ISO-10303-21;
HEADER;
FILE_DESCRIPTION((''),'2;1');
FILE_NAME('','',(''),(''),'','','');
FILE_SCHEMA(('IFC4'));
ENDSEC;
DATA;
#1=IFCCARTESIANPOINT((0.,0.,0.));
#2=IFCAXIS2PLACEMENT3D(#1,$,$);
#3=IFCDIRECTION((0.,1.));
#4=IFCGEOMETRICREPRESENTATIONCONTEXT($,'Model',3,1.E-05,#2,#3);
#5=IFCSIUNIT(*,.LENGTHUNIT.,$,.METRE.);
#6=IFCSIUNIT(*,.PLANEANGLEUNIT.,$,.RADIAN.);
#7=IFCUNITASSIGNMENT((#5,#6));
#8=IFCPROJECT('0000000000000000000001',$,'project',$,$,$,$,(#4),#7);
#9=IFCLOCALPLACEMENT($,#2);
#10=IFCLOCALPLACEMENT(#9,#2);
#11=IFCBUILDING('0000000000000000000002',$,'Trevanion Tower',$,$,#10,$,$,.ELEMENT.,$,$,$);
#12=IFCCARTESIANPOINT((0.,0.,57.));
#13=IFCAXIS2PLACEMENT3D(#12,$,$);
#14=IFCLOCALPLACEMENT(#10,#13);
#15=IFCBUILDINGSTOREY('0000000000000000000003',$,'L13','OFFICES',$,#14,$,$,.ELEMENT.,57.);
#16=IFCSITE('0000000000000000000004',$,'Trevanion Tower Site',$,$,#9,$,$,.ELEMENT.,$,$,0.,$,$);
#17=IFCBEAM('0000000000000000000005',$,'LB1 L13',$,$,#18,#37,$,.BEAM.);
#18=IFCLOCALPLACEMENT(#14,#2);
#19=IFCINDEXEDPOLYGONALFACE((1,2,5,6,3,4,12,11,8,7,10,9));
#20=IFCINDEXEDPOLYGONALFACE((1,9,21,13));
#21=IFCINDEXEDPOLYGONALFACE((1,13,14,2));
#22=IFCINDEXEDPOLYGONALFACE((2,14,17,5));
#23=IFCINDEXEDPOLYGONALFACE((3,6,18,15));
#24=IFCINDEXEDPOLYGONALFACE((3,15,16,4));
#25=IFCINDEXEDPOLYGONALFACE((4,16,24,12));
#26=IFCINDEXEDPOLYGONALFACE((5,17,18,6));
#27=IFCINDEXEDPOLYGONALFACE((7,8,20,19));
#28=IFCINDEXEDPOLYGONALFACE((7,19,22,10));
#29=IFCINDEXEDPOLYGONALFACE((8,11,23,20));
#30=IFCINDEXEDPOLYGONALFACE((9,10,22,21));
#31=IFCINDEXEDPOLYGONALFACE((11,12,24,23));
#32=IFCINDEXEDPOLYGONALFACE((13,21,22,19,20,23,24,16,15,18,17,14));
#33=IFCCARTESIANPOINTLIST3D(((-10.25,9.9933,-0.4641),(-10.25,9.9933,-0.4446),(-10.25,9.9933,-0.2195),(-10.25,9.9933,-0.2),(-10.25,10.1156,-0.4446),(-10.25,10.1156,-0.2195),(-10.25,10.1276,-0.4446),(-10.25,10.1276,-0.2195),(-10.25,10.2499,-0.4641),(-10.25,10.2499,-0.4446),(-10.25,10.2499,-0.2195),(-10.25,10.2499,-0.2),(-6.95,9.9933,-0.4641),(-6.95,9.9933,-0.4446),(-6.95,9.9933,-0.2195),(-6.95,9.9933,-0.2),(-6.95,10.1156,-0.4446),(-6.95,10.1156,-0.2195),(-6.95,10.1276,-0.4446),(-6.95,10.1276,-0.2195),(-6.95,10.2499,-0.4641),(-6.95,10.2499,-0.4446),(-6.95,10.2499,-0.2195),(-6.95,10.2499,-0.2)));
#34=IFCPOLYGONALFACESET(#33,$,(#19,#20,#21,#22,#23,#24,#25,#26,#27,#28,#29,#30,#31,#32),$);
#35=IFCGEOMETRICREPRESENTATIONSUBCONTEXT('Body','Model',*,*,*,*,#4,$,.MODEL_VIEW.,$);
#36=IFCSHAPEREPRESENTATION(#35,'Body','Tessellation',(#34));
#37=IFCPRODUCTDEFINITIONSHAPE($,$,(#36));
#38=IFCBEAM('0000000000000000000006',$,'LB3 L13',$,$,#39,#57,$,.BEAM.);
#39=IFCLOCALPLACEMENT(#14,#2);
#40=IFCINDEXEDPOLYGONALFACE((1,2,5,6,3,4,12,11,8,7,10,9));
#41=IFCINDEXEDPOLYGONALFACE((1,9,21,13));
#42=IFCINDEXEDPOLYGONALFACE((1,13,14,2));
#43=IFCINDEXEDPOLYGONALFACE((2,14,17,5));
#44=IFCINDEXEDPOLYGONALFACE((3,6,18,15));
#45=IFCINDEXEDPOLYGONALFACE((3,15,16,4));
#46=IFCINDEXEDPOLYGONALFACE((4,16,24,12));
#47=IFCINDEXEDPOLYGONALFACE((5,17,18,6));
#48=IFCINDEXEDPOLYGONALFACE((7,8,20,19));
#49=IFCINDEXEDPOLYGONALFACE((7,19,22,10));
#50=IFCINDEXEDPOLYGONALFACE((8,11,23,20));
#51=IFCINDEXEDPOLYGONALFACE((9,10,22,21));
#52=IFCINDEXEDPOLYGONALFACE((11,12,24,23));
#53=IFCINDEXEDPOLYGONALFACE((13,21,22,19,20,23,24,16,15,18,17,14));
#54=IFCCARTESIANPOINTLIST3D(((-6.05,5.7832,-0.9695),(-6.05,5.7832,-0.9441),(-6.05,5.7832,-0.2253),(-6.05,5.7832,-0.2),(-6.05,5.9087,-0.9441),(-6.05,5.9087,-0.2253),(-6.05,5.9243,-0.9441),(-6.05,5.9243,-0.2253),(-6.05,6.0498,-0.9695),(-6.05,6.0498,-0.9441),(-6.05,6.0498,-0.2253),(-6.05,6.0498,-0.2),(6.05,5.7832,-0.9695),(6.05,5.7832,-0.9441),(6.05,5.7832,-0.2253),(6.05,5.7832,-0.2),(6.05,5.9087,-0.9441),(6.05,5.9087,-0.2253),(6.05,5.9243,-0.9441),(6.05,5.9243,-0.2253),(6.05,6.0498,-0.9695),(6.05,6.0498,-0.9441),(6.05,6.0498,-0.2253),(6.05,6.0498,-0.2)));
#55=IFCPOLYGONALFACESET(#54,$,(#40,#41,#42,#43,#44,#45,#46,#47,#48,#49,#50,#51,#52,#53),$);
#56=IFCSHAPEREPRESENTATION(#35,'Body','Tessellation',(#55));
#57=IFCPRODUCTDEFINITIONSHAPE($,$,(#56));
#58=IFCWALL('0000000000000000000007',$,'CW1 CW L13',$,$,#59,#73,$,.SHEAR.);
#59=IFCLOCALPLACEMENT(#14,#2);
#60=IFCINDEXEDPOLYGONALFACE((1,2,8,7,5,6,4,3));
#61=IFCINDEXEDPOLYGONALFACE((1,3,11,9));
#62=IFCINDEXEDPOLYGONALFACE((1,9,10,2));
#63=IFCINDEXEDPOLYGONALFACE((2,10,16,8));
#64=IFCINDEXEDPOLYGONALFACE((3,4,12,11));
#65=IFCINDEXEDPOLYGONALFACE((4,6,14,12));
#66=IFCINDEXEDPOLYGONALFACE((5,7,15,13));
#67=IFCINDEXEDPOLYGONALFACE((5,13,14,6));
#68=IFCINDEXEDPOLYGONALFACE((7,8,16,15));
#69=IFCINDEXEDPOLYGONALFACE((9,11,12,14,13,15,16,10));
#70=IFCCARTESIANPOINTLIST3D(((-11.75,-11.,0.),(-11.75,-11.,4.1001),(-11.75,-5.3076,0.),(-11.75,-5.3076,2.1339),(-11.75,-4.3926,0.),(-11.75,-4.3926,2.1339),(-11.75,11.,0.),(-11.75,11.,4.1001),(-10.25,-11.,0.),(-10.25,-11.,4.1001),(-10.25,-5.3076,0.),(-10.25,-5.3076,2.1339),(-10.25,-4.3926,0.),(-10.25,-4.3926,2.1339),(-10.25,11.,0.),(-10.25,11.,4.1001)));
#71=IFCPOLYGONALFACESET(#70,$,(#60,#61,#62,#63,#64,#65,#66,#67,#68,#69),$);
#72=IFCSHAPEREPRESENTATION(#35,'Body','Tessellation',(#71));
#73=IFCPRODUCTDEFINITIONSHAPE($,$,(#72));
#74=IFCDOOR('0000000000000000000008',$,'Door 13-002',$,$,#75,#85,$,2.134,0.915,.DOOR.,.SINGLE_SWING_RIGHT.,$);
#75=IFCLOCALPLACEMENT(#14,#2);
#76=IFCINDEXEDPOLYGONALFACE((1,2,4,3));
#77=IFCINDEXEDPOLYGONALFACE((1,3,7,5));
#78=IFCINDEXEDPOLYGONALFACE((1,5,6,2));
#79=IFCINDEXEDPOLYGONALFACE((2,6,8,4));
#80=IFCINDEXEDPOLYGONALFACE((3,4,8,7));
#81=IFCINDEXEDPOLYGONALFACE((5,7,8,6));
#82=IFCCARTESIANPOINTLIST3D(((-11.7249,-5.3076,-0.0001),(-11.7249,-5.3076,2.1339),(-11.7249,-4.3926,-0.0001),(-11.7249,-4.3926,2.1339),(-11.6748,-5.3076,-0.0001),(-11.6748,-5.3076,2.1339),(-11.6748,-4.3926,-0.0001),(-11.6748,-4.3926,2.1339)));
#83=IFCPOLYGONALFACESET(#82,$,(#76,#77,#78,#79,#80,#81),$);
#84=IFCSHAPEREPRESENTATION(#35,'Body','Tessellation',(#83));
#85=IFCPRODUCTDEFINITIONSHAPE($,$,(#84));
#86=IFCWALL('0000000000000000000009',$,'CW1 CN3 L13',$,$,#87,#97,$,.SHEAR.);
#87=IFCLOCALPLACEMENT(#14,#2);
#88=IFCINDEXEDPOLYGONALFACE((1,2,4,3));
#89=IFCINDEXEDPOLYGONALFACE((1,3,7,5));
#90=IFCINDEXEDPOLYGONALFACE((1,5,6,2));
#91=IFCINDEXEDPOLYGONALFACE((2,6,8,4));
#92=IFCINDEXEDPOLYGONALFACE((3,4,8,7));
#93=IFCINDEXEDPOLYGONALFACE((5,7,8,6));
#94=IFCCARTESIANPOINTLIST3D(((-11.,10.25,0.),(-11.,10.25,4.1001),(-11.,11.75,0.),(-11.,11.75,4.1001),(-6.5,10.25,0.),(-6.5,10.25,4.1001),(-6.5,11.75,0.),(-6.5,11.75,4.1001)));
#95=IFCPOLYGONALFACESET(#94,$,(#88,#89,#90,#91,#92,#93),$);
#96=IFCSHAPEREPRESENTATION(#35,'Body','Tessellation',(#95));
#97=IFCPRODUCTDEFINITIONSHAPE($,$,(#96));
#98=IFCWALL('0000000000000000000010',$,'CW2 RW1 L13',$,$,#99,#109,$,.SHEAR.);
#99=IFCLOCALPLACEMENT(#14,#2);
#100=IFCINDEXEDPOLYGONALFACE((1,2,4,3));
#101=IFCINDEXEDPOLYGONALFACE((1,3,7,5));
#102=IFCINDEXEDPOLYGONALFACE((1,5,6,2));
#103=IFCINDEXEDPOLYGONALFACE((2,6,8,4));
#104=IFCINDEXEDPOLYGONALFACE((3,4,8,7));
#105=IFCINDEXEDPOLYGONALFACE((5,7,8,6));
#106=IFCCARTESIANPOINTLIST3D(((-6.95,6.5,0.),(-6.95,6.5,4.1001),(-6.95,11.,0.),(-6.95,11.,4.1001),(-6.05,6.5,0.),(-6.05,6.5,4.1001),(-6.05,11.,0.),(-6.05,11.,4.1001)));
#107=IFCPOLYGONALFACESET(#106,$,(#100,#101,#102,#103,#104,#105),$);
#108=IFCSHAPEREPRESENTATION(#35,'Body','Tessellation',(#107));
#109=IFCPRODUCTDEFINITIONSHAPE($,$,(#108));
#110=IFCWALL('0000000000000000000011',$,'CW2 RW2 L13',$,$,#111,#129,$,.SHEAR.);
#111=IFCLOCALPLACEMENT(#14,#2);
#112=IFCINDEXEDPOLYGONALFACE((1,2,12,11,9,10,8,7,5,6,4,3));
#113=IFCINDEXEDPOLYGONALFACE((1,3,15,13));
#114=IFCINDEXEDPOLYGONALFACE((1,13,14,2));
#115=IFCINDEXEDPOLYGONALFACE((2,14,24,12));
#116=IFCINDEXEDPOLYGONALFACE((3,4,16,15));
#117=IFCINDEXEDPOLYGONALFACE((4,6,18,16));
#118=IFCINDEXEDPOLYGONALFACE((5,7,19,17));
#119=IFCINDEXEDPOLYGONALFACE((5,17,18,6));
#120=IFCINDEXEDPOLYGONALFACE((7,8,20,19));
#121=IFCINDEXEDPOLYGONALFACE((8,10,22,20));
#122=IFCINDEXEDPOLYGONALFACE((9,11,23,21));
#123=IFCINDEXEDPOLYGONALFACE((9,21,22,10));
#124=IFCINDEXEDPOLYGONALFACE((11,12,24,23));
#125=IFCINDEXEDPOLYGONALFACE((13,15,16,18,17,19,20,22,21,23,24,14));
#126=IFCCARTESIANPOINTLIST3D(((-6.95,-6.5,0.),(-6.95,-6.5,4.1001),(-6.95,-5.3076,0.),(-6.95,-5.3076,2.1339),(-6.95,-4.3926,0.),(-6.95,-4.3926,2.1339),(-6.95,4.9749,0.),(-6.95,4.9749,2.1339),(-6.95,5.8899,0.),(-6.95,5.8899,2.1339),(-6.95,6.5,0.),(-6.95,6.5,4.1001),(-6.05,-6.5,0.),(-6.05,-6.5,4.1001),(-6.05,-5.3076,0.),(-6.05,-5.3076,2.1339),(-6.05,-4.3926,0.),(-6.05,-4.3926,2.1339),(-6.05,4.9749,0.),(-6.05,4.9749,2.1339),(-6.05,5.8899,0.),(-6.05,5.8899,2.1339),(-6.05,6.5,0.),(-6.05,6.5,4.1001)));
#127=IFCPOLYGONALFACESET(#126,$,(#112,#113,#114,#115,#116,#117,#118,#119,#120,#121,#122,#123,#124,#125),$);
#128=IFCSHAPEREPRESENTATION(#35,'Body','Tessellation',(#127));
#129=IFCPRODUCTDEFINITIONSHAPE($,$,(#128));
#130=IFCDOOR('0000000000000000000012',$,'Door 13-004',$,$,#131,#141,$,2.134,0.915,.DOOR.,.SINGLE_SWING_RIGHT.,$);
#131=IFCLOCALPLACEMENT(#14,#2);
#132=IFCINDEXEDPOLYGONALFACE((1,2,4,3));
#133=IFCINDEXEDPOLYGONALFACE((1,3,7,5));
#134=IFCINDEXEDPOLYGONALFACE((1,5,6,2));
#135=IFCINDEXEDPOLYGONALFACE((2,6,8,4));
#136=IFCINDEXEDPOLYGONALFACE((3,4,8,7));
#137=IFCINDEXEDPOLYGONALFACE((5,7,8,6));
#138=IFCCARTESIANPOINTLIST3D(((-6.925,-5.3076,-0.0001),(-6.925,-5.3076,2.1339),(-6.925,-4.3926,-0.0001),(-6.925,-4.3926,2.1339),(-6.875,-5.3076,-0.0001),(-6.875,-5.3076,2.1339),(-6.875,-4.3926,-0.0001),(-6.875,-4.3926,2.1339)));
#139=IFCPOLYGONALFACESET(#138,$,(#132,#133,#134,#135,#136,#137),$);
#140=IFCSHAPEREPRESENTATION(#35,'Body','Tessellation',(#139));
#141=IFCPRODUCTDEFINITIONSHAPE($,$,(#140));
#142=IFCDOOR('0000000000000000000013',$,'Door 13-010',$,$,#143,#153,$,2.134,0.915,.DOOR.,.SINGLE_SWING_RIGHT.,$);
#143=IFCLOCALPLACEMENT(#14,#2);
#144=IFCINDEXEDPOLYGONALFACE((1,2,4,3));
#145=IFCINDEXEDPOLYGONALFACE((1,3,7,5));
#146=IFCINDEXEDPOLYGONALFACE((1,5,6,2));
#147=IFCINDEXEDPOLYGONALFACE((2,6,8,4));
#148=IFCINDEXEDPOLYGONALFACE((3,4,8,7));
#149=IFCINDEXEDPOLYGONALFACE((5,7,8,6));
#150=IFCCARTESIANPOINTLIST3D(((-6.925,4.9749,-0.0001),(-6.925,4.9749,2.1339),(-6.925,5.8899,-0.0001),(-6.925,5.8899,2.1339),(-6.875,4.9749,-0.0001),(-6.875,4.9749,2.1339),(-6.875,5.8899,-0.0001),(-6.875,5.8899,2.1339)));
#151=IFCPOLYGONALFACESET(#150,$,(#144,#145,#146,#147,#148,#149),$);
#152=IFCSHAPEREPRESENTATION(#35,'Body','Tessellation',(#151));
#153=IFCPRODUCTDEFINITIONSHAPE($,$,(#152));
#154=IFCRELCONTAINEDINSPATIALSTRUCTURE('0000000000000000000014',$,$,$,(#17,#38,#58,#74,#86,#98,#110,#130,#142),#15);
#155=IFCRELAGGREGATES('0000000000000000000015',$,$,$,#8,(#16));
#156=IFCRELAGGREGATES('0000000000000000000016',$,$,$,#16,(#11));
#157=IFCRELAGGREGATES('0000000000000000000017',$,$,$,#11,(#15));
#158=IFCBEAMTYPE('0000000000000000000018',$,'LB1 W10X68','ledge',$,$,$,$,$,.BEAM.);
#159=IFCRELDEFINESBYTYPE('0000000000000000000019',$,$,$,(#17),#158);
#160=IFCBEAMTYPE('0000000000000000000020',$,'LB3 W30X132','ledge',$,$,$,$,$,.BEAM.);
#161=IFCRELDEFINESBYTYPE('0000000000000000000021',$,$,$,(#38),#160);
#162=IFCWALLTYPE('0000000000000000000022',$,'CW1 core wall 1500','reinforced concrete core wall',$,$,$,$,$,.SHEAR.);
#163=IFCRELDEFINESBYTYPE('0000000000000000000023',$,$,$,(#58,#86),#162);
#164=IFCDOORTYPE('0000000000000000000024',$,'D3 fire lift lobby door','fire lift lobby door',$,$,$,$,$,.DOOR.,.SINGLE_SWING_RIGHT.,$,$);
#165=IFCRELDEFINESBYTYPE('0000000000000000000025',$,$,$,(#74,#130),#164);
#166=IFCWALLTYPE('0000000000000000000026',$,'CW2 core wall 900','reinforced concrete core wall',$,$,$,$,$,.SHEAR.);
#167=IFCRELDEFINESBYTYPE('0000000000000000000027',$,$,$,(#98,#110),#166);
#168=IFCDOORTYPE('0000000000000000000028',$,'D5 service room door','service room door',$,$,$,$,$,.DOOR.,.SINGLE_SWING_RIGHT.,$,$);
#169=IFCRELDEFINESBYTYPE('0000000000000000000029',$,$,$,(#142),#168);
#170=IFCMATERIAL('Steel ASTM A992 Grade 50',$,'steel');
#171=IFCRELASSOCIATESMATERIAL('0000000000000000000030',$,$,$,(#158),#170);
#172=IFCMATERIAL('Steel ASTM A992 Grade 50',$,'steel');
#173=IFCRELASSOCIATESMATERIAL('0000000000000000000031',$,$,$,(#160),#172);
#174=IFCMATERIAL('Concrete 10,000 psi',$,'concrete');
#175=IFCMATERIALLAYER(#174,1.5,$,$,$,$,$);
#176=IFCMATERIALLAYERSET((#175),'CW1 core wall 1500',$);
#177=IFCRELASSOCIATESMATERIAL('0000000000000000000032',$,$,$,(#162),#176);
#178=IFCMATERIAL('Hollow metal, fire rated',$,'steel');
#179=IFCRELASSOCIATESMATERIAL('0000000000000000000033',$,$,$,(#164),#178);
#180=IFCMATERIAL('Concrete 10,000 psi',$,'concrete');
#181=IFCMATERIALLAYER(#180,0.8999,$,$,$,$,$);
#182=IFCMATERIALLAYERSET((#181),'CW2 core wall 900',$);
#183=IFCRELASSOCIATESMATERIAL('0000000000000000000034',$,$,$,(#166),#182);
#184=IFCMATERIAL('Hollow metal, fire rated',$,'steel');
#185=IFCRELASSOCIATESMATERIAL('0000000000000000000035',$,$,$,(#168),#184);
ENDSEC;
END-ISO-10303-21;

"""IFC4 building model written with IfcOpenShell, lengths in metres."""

from ifc_helpers import new_model, si_unit, direction, frame, frame_2d, origin, origin_2d, place, context, subcontext, project, spatial, rectangle, i_section, extrude, material, layer, layer_set, material_profile, profile_set, type_object, element, fill, save


model = new_model("IFC4")

# Units and contexts
model_context = context("Model", 3, precision=1e-05, world=origin(), true_north=direction((0.0, 1.0)))
body_context = subcontext(model_context, "Body", "Model", "MODEL_VIEW")
ifc_project = project(units=[si_unit("LENGTHUNIT", "METRE"), si_unit("PLANEANGLEUNIT", "RADIAN")], contexts=[model_context])

# Site, building, storey
site_placement = place(None, origin())
site = spatial("IfcSite", under=ifc_project, at=site_placement, Name="Trevanion Tower Site", CompositionType="ELEMENT", RefElevation=0.0)
building_placement = place(site_placement, origin())
building = spatial("IfcBuilding", under=site, at=building_placement, Name="Trevanion Tower", CompositionType="ELEMENT")
storey_placement = place(building_placement, frame((0.0, 0.0, 57.0)))
storey = spatial("IfcBuildingStorey", under=building, at=storey_placement, Name="L13", Description="OFFICES", CompositionType="ELEMENT", Elevation=57.0)

# Beams
ifc_material_1 = material(Name="Steel ASTM A992 Grade 50", Category="steel")
ifc_material_profile_1 = material_profile(ifc_material_1, i_section(OverallWidth=0.2566, OverallDepth=0.2642, WebThickness=0.012, FlangeThickness=0.0195, at=origin_2d()), Name="W10X68")
ifc_profile_set_1 = profile_set([ifc_material_profile_1], Name="Steel ASTM A992 Grade 50")
beam_type_1 = type_object("IfcBeamType", Name="LB1 W10X68", Description="ledge", PredefinedType="BEAM", material=ifc_profile_set_1)
beam_1_placement = place(storey_placement, frame((-10.25, 10.1216, -0.332), z_axis=(1.0, 0.0, 0.0), x_axis=(0.0, 1.0, 0.0)))
element("IfcBeam", 1, at=beam_1_placement, inside=storey, type_object=beam_type_1, Name="LB1 L13", PredefinedType="BEAM", context=body_context, shape_type="SweptSolid", body=[
    extrude(i_section(OverallWidth=0.2566, OverallDepth=0.2642, WebThickness=0.012, FlangeThickness=0.0195, at=origin_2d()), origin(), (0.0, 0.0, 1.0), 3.3),
])
ifc_material_2 = material(Name="Steel ASTM A992 Grade 50", Category="steel")
ifc_material_profile_2 = material_profile(ifc_material_2, i_section(OverallWidth=0.2666, OverallDepth=0.7695, WebThickness=0.0156, FlangeThickness=0.0254, at=origin_2d()), Name="W30X132")
ifc_profile_set_2 = profile_set([ifc_material_profile_2], Name="Steel ASTM A992 Grade 50")
beam_type_2 = type_object("IfcBeamType", Name="LB3 W30X132", Description="ledge", PredefinedType="BEAM", material=ifc_profile_set_2)
beam_2_placement = place(storey_placement, frame((-6.05, 5.9165, -0.5847), z_axis=(1.0, 0.0, 0.0), x_axis=(0.0, 1.0, 0.0)))
element("IfcBeam", 2, at=beam_2_placement, inside=storey, type_object=beam_type_2, Name="LB3 L13", PredefinedType="BEAM", context=body_context, shape_type="SweptSolid", body=[
    extrude(i_section(OverallWidth=0.2666, OverallDepth=0.7695, WebThickness=0.0156, FlangeThickness=0.0254, at=origin_2d()), origin(), (0.0, 0.0, 1.0), 12.1001),
])

# Wall, opening, door
ifc_material_3 = material(Name="Concrete 10,000 psi", Category="concrete")
ifc_layer_1 = layer(ifc_material_3, 1.5)
ifc_layer_set_1 = layer_set([ifc_layer_1], Name="CW1 core wall 1500")
wall_type_1 = type_object("IfcWallType", Name="CW1 core wall 1500", Description="reinforced concrete core wall", PredefinedType="SHEAR", material=ifc_layer_set_1)
wall_1_placement = place(storey_placement, frame((-11.0, 11.0, 0.0), z_axis=(0.0, 0.0, 1.0), x_axis=(0.0, -1.0, 0.0)))
wall_1 = element("IfcWall", 3, at=wall_1_placement, inside=storey, type_object=wall_type_1, Name="CW1 CW L13", PredefinedType="SHEAR", context=body_context, shape_type="SweptSolid", body=[
    extrude(rectangle(XDim=22.0, YDim=1.5, at=frame_2d((11.0, 0.0))), origin(), (0.0, 0.0, 1.0), 4.1001),
])
opening_1_placement = place(wall_1_placement, frame((15.3926, 0.0, 0.0)))
opening_1 = element("IfcOpeningElement", 4, at=opening_1_placement, cuts=wall_1, PredefinedType="OPENING", context=body_context, shape_type="SweptSolid", body=[
    extrude(rectangle(XDim=0.915, YDim=2.134, at=frame_2d((0.4575, 1.0669))), frame((0.0, 0.76, 0.0), z_axis=(0.0, -1.0, 0.0), x_axis=(1.0, 0.0, 0.0)), (0.0, 0.0, 1.0), 1.52),
])
ifc_material_4 = material(Name="Hollow metal, fire rated", Category="steel")
door_type_1 = type_object("IfcDoorType", Name="D3 fire lift lobby door", Description="fire lift lobby door", OperationType="SINGLE_SWING_RIGHT", PredefinedType="DOOR", material=ifc_material_4)
door_1_placement = place(opening_1_placement, origin())
door_1 = element("IfcDoor", 5, at=door_1_placement, inside=storey, type_object=door_type_1, Name="Door 13-002", OperationType="SINGLE_SWING_RIGHT", OverallHeight=2.134, OverallWidth=0.915, PredefinedType="DOOR", context=body_context, shape_type="SweptSolid", body=[
    extrude(rectangle(XDim=0.915, YDim=2.134, at=frame_2d((0.4575, 1.0669))), frame((0.0, -0.6748, 0.0), z_axis=(0.0, -1.0, 0.0), x_axis=(1.0, 0.0, 0.0)), (0.0, 0.0, 1.0), 0.05),
])
fill(opening_1, door_1)

# Walls
wall_2_placement = place(storey_placement, frame((-6.5, 11.0, 0.0), z_axis=(0.0, 0.0, 1.0), x_axis=(-1.0, 0.0, 0.0)))
element("IfcWall", 6, at=wall_2_placement, inside=storey, type_object=wall_type_1, Name="CW1 CN3 L13", PredefinedType="SHEAR", context=body_context, shape_type="SweptSolid", body=[
    extrude(rectangle(XDim=4.5, YDim=1.5, at=frame_2d((2.25, 0.0))), origin(), (0.0, 0.0, 1.0), 4.1001),
])
ifc_material_5 = material(Name="Concrete 10,000 psi", Category="concrete")
ifc_layer_2 = layer(ifc_material_5, 0.8999)
ifc_layer_set_2 = layer_set([ifc_layer_2], Name="CW2 core wall 900")
wall_type_2 = type_object("IfcWallType", Name="CW2 core wall 900", Description="reinforced concrete core wall", PredefinedType="SHEAR", material=ifc_layer_set_2)
wall_3_placement = place(storey_placement, frame((-6.5, 11.0, 0.0), z_axis=(0.0, 0.0, 1.0), x_axis=(0.0, -1.0, 0.0)))
element("IfcWall", 7, at=wall_3_placement, inside=storey, type_object=wall_type_2, Name="CW2 RW1 L13", PredefinedType="SHEAR", context=body_context, shape_type="SweptSolid", body=[
    extrude(rectangle(XDim=4.5, YDim=0.8999, at=frame_2d((2.25, 0.0))), origin(), (0.0, 0.0, 1.0), 4.1001),
])

# Wall, openings, doors
wall_4_placement = place(storey_placement, frame((-6.5, 6.5, 0.0), z_axis=(0.0, 0.0, 1.0), x_axis=(0.0, -1.0, 0.0)))
wall_4 = element("IfcWall", 8, at=wall_4_placement, inside=storey, type_object=wall_type_2, Name="CW2 RW2 L13", PredefinedType="SHEAR", context=body_context, shape_type="SweptSolid", body=[
    extrude(rectangle(XDim=13.0, YDim=0.8999, at=frame_2d((6.5, 0.0))), origin(), (0.0, 0.0, 1.0), 4.1001),
])
opening_2_placement = place(wall_4_placement, frame((10.8926, 0.0, 0.0)))
opening_2 = element("IfcOpeningElement", 9, at=opening_2_placement, cuts=wall_4, PredefinedType="OPENING", context=body_context, shape_type="SweptSolid", body=[
    extrude(rectangle(XDim=0.915, YDim=2.134, at=frame_2d((0.4575, 1.0669))), frame((0.0, 0.46, 0.0), z_axis=(0.0, -1.0, 0.0), x_axis=(1.0, 0.0, 0.0)), (0.0, 0.0, 1.0), 0.9199),
])
opening_3_placement = place(wall_4_placement, frame((0.6101, 0.0, 0.0)))
opening_3 = element("IfcOpeningElement", 10, at=opening_3_placement, cuts=wall_4, PredefinedType="OPENING", context=body_context, shape_type="SweptSolid", body=[
    extrude(rectangle(XDim=0.915, YDim=2.134, at=frame_2d((0.4575, 1.0669))), frame((0.0, 0.46, 0.0), z_axis=(0.0, -1.0, 0.0), x_axis=(1.0, 0.0, 0.0)), (0.0, 0.0, 1.0), 0.9199),
])
door_2_placement = place(opening_2_placement, origin())
door_2 = element("IfcDoor", 11, at=door_2_placement, inside=storey, type_object=door_type_1, Name="Door 13-004", OperationType="SINGLE_SWING_RIGHT", OverallHeight=2.134, OverallWidth=0.915, PredefinedType="DOOR", context=body_context, shape_type="SweptSolid", body=[
    extrude(rectangle(XDim=0.915, YDim=2.134, at=frame_2d((0.4575, 1.0669))), frame((0.0, -0.375, 0.0), z_axis=(0.0, -1.0, 0.0), x_axis=(1.0, 0.0, 0.0)), (0.0, 0.0, 1.0), 0.05),
])
fill(opening_2, door_2)
ifc_material_6 = material(Name="Hollow metal, fire rated", Category="steel")
door_type_2 = type_object("IfcDoorType", Name="D5 service room door", Description="service room door", OperationType="SINGLE_SWING_RIGHT", PredefinedType="DOOR", material=ifc_material_6)
door_3_placement = place(opening_3_placement, origin())
door_3 = element("IfcDoor", 12, at=door_3_placement, inside=storey, type_object=door_type_2, Name="Door 13-010", OperationType="SINGLE_SWING_RIGHT", OverallHeight=2.134, OverallWidth=0.915, PredefinedType="DOOR", context=body_context, shape_type="SweptSolid", body=[
    extrude(rectangle(XDim=0.915, YDim=2.134, at=frame_2d((0.4575, 1.0669))), frame((0.0, -0.375, 0.0), z_axis=(0.0, -1.0, 0.0), x_axis=(1.0, 0.0, 0.0)), (0.0, 0.0, 1.0), 0.05),
])
fill(opening_3, door_3)

save(model, "model.ifc")
